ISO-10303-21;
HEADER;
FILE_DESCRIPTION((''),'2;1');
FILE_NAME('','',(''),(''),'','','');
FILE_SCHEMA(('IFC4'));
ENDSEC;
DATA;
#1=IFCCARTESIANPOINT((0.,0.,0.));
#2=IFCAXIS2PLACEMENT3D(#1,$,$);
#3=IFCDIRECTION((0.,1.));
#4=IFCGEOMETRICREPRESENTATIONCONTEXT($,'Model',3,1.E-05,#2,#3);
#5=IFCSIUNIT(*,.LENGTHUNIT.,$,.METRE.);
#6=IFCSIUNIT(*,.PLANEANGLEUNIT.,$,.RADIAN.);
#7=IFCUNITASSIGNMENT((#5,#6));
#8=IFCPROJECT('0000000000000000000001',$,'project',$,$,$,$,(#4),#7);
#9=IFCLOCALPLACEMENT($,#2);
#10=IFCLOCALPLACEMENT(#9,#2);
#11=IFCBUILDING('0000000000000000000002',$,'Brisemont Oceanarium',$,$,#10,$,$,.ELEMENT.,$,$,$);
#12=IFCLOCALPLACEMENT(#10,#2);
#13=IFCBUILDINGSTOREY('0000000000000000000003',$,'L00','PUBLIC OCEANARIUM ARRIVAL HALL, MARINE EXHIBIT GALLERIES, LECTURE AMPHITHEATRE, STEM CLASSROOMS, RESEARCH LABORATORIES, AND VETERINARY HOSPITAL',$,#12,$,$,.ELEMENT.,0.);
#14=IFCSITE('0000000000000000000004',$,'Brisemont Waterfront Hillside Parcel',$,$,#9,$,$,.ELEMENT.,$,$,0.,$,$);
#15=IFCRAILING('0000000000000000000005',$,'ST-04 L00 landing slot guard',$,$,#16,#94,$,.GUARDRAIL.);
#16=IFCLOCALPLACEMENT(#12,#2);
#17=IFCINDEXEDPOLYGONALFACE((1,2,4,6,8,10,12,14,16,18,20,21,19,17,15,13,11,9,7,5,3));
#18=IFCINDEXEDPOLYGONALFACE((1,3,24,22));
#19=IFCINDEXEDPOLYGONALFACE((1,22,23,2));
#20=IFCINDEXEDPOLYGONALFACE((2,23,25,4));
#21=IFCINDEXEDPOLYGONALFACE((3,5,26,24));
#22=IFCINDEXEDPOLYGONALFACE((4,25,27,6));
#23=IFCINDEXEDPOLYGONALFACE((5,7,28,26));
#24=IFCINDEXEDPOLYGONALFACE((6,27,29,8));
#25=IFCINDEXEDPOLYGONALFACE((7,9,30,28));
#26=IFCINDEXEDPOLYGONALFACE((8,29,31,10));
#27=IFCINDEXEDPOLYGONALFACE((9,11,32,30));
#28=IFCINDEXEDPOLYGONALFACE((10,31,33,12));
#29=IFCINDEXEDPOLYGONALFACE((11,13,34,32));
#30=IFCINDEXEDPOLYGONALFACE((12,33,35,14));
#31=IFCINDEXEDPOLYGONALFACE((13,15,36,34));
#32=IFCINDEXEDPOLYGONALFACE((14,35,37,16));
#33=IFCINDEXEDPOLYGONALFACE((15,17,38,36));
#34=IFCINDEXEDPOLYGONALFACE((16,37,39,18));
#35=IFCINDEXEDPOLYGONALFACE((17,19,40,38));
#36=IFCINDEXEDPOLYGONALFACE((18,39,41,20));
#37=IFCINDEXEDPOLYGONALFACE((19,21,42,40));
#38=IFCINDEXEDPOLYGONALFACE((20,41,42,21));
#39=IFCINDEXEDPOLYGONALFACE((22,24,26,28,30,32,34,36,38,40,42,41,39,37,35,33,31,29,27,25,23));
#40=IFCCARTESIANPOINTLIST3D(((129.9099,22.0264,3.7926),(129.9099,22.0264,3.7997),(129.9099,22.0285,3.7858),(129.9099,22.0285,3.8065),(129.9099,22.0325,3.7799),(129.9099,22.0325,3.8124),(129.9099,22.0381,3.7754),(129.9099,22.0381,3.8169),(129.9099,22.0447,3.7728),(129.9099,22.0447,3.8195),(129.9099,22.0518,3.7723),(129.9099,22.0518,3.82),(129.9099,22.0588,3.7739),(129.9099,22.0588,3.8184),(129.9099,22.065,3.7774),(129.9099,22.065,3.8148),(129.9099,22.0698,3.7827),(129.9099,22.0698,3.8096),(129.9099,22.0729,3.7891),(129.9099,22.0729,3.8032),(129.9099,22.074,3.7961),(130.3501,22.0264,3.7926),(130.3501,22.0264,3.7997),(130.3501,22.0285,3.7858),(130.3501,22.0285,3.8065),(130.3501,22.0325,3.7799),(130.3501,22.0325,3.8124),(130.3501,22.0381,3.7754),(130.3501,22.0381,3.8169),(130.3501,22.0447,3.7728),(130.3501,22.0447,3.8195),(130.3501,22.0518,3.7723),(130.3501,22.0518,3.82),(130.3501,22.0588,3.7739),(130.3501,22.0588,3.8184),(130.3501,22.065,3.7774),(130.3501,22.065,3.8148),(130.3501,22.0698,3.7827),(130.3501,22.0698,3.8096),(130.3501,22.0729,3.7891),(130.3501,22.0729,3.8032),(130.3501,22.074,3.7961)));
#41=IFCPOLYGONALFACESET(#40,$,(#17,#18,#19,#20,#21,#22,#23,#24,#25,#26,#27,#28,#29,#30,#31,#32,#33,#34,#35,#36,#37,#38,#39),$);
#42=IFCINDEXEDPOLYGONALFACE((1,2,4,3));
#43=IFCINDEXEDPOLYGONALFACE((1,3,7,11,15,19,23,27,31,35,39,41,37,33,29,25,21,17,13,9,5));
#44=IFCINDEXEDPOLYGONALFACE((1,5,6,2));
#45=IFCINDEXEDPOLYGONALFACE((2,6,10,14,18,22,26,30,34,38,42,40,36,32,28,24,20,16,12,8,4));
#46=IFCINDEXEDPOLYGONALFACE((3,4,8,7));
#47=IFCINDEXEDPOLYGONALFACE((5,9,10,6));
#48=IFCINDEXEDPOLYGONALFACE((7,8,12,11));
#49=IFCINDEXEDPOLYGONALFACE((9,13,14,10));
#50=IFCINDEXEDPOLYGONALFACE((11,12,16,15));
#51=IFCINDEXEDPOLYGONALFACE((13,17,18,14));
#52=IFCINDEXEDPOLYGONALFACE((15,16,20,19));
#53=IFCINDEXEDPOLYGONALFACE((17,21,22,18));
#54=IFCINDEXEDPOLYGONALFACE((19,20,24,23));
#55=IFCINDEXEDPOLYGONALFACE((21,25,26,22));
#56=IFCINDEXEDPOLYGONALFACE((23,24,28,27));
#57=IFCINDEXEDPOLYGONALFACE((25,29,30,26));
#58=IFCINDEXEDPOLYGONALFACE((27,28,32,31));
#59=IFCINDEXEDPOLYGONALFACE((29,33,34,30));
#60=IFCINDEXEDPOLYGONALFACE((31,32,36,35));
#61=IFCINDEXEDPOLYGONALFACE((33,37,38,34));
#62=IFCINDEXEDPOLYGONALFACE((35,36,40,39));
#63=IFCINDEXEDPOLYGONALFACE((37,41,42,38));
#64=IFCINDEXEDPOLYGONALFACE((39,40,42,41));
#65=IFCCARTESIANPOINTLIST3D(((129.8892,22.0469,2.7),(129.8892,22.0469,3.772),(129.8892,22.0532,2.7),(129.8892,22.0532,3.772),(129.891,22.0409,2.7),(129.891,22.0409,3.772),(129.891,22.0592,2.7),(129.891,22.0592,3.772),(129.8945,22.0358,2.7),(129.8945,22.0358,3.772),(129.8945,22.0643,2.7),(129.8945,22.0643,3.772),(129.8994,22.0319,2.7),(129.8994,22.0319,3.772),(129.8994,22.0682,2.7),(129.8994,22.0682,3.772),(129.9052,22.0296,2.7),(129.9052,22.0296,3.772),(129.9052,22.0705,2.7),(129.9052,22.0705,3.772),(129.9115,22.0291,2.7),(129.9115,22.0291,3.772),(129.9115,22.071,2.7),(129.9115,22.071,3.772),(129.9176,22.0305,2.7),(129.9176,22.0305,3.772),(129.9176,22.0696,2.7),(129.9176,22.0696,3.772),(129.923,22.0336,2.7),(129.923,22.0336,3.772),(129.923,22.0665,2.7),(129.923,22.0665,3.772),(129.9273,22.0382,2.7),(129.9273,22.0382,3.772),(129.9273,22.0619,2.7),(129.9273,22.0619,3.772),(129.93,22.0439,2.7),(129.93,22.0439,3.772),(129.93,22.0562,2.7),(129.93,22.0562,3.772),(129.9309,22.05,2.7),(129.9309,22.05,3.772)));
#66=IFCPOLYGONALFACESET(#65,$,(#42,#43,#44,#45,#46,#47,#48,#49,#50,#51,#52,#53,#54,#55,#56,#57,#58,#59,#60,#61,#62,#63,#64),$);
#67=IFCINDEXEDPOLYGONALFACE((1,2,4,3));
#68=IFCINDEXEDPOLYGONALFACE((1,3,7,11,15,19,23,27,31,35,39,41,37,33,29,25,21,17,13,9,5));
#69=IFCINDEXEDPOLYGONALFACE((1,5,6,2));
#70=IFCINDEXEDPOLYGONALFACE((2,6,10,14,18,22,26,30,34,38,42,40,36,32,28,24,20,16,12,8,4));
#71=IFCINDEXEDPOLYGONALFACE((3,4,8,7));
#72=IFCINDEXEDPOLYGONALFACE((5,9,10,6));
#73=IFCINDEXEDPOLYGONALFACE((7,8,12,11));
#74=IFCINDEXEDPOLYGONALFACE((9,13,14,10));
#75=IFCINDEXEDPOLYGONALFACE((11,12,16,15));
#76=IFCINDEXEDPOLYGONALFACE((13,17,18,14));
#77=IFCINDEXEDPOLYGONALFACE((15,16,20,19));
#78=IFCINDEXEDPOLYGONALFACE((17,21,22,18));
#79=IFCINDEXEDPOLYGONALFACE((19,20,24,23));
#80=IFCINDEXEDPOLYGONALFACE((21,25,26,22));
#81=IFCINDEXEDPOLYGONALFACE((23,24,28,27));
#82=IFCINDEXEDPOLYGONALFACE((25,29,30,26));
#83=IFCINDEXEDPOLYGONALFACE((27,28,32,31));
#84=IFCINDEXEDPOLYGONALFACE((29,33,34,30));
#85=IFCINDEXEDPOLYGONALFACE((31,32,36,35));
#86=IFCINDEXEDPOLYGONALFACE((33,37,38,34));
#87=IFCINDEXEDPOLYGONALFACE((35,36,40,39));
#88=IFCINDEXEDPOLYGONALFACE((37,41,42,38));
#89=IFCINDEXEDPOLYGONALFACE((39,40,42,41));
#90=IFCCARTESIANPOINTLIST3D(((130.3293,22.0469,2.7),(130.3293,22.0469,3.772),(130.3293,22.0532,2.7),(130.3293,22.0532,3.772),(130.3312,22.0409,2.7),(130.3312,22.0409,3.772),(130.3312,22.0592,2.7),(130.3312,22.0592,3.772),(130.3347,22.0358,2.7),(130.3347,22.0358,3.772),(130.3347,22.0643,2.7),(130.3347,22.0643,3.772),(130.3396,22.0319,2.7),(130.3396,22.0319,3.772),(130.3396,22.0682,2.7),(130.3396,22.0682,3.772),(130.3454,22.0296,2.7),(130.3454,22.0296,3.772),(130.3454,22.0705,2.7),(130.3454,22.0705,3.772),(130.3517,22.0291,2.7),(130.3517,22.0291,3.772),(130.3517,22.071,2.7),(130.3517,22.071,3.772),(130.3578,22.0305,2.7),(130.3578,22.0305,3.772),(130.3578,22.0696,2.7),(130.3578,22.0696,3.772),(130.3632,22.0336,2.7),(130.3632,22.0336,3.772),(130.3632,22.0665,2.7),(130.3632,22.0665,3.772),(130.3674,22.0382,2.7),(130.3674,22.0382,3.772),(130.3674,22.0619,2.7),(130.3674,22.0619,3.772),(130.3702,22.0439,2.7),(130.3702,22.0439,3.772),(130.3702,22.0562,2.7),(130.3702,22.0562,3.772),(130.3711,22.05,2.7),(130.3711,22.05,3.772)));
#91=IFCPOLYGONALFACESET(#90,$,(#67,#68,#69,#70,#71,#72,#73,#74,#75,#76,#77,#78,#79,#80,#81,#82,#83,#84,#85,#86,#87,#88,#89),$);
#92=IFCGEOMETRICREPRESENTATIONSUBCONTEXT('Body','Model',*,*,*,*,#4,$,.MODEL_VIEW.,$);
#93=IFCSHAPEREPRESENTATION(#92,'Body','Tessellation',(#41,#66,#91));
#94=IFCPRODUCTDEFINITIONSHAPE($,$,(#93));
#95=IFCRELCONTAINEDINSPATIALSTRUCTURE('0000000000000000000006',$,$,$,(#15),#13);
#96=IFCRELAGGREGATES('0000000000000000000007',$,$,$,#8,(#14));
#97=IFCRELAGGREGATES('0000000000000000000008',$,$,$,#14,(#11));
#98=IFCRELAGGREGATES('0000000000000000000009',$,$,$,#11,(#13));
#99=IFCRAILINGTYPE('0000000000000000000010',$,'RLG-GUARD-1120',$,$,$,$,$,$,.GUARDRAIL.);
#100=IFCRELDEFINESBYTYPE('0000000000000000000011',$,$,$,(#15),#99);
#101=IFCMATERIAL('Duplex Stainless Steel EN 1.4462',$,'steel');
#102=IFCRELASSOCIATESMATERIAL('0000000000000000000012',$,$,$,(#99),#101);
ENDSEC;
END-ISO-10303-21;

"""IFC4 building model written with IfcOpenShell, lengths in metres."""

from ifc_helpers import new_model, si_unit, direction, frame, origin, origin_2d, place, context, subcontext, project, spatial, circle, extrude, material, type_object, element, save


model = new_model("IFC4")

# Units and contexts
model_context = context("Model", 3, precision=1e-05, world=origin(), true_north=direction((0.0, 1.0)))
body_context = subcontext(model_context, "Body", "Model", "MODEL_VIEW")
ifc_project = project(units=[si_unit("LENGTHUNIT", "METRE"), si_unit("PLANEANGLEUNIT", "RADIAN")], contexts=[model_context])

# Site, building, storey
site_placement = place(None, origin())
site = spatial("IfcSite", under=ifc_project, at=site_placement, Name="Brisemont Waterfront Hillside Parcel", CompositionType="ELEMENT", RefElevation=0.0)
building_placement = place(site_placement, origin())
building = spatial("IfcBuilding", under=site, at=building_placement, Name="Brisemont Oceanarium", CompositionType="ELEMENT")
storey_placement = place(building_placement, origin())
storey = spatial("IfcBuildingStorey", under=building, at=storey_placement, Name="L00", Description="PUBLIC OCEANARIUM ARRIVAL HALL, MARINE EXHIBIT GALLERIES, LECTURE AMPHITHEATRE, STEM CLASSROOMS, RESEARCH LABORATORIES, AND VETERINARY HOSPITAL", CompositionType="ELEMENT", Elevation=0.0)

# Railing
ifc_material_1 = material(Name="Duplex Stainless Steel EN 1.4462", Category="steel")
railing_type_1 = type_object("IfcRailingType", Name="RLG-GUARD-1120", PredefinedType="GUARDRAIL", material=ifc_material_1)
railing_1_placement = place(storey_placement, frame((129.9099, 22.05, 2.7)))
element("IfcRailing", 1, at=railing_1_placement, inside=storey, type_object=railing_type_1, Name="ST-04 L00 landing slot guard", PredefinedType="GUARDRAIL", context=body_context, shape_type="SweptSolid", body=[
    extrude(circle(Radius=0.0239, at=origin_2d()), frame((0.0, 0.0, 1.0962), z_axis=(1.0, 0.0, 0.0), x_axis=(0.0, 1.0, 0.0)), (0.0, 0.0, 1.0), 0.4402),
    extrude(circle(Radius=0.021, at=origin_2d()), origin(), (0.0, 0.0, 1.0), 1.072),
    extrude(circle(Radius=0.021, at=origin_2d()), frame((0.4402, 0.0, 0.0)), (0.0, 0.0, 1.0), 1.072),
])

save(model, "model.ifc")
